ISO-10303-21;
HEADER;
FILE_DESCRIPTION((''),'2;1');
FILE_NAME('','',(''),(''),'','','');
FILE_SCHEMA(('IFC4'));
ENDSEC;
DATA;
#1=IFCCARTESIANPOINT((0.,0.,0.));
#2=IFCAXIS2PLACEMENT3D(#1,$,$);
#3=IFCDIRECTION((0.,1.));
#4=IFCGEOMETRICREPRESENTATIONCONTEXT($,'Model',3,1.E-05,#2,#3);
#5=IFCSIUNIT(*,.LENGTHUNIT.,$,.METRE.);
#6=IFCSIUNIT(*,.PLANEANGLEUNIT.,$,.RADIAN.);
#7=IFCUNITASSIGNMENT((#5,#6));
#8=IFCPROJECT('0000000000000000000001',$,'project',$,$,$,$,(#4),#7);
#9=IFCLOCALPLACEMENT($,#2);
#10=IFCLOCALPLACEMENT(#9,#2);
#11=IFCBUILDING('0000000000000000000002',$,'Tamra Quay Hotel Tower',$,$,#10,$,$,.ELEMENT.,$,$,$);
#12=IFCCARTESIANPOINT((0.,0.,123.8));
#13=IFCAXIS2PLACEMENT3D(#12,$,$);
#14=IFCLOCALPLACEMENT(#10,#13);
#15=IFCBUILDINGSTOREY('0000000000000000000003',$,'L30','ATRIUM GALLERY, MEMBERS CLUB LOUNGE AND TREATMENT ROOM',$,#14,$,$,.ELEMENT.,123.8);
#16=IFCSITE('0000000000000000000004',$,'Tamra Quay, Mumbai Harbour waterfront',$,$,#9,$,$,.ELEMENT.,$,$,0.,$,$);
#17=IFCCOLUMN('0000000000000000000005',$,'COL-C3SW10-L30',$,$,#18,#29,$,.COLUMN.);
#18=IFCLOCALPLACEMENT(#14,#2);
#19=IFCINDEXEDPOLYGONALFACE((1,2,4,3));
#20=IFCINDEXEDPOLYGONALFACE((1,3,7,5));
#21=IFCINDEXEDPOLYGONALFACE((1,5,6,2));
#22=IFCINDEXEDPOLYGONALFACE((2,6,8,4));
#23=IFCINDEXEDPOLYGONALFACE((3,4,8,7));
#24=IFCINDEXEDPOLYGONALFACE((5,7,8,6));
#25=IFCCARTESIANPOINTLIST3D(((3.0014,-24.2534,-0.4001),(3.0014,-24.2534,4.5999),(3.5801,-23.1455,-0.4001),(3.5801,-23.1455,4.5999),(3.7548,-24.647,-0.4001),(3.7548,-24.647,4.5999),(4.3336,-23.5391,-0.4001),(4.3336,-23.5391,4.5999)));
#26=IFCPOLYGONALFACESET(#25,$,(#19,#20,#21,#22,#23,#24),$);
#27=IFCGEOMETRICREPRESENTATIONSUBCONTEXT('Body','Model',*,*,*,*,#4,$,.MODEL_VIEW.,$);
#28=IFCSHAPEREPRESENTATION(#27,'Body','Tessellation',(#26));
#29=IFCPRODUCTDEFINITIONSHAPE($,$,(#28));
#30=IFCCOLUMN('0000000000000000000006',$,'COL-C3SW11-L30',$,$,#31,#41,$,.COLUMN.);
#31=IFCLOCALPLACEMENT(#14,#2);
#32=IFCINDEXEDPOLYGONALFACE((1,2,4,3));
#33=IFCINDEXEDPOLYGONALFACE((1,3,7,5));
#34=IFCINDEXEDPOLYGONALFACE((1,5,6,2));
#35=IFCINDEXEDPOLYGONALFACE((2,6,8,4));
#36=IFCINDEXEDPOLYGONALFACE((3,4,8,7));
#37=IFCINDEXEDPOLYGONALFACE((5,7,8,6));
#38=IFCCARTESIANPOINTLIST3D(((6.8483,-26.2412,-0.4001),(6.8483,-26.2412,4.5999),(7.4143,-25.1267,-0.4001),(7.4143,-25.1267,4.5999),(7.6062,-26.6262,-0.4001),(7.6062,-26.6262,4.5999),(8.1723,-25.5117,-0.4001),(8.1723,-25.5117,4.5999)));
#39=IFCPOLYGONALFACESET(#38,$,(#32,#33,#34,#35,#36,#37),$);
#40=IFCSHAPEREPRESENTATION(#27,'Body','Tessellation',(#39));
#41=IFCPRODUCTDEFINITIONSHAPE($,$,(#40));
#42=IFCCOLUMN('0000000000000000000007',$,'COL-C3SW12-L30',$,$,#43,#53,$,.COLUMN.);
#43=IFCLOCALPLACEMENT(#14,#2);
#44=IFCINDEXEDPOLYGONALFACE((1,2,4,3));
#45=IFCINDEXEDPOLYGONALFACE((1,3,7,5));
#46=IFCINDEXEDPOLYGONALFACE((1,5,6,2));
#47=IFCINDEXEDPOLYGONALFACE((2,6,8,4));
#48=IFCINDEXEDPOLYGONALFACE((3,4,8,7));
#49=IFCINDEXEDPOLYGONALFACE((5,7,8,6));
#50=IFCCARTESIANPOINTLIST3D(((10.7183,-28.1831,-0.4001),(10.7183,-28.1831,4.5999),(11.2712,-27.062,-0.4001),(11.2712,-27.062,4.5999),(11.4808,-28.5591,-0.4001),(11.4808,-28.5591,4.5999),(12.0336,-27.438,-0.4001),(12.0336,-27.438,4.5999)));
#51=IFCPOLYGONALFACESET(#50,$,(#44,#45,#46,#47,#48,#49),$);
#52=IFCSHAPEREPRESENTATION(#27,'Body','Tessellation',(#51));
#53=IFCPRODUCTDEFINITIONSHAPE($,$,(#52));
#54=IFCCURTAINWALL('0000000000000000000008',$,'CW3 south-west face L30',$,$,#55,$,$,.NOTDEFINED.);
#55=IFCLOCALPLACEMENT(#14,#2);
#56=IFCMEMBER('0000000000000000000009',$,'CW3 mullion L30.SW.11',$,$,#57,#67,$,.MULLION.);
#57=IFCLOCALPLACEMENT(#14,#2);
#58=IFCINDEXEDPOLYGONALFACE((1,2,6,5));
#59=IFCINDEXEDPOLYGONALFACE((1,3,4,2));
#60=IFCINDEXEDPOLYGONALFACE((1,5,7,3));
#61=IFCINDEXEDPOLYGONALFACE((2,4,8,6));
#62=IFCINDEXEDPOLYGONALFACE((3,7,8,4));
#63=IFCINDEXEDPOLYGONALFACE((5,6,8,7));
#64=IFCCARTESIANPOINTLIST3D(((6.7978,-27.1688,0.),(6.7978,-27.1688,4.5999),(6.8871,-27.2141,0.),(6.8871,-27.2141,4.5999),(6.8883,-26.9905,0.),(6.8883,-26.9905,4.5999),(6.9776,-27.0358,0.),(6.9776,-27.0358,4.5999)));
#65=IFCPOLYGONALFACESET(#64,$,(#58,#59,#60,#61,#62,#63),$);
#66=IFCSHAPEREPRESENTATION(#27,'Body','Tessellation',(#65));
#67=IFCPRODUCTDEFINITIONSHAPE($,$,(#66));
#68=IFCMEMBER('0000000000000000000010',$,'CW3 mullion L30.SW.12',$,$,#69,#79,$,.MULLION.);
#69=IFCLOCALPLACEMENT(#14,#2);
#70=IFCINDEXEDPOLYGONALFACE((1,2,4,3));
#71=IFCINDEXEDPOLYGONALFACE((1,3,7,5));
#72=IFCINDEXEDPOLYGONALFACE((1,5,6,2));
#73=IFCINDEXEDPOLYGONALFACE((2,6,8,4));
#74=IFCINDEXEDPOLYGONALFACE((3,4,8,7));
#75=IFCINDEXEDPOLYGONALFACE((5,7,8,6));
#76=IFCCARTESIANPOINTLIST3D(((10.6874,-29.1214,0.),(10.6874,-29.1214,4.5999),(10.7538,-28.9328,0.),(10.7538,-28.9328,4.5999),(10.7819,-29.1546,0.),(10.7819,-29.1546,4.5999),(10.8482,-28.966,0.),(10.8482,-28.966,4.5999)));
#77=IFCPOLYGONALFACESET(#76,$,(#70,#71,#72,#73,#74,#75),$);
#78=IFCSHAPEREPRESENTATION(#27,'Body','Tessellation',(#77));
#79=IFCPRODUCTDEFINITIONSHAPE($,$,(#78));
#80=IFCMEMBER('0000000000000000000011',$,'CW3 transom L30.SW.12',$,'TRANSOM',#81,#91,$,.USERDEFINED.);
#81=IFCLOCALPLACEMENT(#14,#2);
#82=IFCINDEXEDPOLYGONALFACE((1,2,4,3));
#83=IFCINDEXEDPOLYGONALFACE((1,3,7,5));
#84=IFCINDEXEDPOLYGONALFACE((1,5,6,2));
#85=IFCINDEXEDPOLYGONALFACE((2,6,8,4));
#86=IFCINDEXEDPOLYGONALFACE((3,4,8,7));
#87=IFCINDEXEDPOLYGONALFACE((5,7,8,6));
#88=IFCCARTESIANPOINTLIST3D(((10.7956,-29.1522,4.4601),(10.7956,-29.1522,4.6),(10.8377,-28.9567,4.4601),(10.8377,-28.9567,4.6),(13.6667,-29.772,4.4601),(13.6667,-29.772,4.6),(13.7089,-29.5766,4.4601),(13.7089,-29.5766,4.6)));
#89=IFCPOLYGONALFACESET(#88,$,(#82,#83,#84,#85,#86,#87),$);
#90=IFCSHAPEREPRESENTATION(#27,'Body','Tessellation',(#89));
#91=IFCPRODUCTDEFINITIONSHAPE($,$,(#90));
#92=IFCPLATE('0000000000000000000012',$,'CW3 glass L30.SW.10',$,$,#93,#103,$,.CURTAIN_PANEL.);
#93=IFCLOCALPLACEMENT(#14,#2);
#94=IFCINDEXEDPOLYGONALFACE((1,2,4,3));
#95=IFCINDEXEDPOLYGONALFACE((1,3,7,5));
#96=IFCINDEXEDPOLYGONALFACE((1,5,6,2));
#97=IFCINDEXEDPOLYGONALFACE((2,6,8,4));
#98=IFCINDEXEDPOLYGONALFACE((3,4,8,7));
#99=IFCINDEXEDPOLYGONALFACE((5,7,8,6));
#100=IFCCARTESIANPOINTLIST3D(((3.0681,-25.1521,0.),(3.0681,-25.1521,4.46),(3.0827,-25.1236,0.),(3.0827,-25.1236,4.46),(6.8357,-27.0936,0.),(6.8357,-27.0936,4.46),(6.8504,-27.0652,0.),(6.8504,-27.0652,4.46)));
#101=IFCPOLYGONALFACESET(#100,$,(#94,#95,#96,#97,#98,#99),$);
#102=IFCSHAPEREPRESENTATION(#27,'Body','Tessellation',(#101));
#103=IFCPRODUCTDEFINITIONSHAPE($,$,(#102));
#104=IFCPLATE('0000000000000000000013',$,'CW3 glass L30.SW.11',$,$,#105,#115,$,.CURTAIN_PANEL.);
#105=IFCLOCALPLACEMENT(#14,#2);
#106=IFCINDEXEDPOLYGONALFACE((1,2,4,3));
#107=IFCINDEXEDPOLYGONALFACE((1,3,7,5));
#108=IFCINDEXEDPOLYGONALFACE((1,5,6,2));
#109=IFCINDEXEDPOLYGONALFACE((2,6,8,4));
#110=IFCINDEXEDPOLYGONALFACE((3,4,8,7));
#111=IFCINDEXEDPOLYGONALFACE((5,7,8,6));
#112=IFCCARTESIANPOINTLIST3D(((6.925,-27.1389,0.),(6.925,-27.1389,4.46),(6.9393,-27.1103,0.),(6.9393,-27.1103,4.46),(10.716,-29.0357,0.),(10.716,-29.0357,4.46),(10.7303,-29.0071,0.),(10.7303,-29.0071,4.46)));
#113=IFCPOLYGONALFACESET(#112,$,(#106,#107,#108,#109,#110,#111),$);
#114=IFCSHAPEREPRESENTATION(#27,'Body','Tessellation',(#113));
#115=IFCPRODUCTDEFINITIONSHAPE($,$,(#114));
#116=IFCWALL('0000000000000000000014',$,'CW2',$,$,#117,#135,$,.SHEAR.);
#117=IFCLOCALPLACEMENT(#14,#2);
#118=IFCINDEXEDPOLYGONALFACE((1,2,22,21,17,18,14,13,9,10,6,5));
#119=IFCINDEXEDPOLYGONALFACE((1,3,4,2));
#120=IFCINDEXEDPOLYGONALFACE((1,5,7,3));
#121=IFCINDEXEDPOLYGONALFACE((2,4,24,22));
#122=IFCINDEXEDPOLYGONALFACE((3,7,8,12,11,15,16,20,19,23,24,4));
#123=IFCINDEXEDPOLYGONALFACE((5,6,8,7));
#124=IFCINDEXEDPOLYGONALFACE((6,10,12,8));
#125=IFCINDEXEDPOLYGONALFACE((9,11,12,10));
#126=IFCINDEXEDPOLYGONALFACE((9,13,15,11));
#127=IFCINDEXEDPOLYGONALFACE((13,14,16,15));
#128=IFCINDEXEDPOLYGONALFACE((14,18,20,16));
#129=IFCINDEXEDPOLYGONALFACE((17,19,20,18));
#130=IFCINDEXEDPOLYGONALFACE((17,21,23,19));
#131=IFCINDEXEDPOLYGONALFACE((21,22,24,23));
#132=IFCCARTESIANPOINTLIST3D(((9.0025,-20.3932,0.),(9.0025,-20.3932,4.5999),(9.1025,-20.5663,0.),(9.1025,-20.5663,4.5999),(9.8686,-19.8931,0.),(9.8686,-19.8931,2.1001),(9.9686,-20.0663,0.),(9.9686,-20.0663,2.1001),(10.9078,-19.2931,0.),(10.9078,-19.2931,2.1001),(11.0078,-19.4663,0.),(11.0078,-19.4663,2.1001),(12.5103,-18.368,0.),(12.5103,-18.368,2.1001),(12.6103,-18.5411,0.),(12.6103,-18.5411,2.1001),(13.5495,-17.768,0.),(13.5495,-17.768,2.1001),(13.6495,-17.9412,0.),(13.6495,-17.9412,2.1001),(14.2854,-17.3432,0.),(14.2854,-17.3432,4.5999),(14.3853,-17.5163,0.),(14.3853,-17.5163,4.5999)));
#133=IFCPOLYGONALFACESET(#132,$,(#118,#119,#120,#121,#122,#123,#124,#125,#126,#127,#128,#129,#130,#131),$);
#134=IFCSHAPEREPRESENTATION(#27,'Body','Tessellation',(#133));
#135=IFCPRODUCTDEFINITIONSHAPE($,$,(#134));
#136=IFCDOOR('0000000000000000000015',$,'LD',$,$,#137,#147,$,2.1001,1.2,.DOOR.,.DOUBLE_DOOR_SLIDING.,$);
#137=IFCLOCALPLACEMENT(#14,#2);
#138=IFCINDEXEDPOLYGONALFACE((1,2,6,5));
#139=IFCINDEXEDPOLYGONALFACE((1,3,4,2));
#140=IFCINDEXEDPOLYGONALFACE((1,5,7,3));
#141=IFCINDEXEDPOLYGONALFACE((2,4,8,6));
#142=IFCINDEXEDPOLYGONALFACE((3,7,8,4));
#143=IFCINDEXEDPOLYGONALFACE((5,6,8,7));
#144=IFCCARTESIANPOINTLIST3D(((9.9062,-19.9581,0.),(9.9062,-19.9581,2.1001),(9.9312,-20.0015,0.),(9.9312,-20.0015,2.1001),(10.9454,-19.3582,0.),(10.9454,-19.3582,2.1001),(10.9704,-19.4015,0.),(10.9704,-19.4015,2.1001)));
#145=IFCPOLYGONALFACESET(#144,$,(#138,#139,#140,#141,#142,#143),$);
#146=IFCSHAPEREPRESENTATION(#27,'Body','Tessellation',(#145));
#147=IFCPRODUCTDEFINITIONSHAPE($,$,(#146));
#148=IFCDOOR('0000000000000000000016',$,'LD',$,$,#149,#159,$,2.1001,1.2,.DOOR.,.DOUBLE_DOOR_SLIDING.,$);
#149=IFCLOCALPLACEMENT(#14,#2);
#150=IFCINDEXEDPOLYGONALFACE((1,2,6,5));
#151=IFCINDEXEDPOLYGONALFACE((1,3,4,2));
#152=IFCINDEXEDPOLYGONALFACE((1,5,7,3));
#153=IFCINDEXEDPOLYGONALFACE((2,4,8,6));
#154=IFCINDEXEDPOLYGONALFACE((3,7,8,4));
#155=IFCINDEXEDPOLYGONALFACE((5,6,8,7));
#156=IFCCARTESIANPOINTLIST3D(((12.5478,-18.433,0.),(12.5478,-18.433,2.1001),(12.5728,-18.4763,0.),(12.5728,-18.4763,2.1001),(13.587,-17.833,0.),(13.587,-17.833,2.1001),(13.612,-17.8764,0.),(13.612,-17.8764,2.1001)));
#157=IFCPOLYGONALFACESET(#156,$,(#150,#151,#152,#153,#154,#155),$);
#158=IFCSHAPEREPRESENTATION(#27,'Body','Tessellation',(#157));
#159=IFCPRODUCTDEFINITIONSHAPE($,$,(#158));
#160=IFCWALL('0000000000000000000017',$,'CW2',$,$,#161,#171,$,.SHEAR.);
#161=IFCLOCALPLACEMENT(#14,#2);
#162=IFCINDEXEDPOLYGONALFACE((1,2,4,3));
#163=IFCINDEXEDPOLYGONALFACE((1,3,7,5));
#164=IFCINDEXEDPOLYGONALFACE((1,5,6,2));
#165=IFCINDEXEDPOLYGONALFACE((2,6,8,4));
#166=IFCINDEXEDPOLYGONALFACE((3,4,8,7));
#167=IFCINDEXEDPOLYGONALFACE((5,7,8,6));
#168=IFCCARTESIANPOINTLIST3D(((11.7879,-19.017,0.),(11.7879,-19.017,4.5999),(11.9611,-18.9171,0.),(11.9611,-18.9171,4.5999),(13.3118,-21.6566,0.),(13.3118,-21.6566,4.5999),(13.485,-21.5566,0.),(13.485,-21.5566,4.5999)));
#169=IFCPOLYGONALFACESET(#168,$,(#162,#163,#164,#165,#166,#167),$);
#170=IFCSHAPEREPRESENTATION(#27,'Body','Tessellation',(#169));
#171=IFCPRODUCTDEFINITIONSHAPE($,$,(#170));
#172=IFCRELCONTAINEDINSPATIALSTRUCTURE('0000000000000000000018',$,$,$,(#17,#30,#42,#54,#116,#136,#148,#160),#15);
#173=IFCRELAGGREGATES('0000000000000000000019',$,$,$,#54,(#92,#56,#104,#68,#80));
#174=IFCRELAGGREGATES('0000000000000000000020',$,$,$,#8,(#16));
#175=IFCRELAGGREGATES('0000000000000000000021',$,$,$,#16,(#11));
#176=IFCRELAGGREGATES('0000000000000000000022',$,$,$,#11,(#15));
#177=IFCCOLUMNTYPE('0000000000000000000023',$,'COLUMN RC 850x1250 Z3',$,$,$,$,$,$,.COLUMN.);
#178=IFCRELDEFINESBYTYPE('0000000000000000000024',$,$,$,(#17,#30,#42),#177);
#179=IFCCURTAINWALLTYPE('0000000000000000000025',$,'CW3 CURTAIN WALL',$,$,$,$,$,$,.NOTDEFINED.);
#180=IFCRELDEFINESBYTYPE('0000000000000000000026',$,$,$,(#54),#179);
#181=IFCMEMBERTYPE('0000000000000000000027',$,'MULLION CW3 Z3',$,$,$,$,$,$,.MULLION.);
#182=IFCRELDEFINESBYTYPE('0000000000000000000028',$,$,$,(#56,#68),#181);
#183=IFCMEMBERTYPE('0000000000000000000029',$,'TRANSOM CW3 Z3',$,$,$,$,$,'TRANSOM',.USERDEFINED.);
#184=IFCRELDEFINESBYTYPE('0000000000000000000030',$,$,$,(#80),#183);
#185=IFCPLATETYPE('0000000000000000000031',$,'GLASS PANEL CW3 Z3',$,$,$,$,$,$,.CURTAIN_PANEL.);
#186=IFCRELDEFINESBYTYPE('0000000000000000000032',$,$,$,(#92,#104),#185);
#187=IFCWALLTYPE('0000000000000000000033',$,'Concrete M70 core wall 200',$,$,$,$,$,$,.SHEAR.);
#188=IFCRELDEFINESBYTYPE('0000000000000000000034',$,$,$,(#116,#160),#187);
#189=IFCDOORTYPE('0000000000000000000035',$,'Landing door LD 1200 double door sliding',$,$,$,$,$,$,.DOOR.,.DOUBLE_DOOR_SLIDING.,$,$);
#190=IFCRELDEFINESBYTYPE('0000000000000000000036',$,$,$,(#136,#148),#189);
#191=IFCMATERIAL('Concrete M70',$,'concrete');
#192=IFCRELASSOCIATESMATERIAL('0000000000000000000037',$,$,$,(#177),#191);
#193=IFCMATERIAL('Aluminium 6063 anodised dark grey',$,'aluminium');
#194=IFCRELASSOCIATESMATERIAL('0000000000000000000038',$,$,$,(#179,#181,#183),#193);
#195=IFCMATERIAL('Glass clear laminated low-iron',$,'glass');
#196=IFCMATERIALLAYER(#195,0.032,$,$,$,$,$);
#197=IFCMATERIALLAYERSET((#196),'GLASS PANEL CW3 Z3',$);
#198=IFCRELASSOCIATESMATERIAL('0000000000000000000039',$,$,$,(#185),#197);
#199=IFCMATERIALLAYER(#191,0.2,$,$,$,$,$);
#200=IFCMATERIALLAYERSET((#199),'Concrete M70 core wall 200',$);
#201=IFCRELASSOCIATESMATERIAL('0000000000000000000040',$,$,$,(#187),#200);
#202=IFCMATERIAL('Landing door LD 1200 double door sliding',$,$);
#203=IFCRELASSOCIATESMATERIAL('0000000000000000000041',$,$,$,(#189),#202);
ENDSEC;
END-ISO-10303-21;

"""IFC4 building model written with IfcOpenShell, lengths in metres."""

from ifc_helpers import new_model, si_unit, direction, frame, frame_2d, origin, origin_2d, place, context, subcontext, project, spatial, rectangle, extrude, material, layer, layer_set, material_profile, profile_set, type_object, element, fill, aggregate, save


model = new_model("IFC4")

# Units and contexts
model_context = context("Model", 3, precision=1e-05, world=origin(), true_north=direction((0.0, 1.0)))
body_context = subcontext(model_context, "Body", "Model", "MODEL_VIEW")
ifc_project = project(units=[si_unit("LENGTHUNIT", "METRE"), si_unit("PLANEANGLEUNIT", "RADIAN")], contexts=[model_context])

# Site, building, storey
site_placement = place(None, origin())
site = spatial("IfcSite", under=ifc_project, at=site_placement, Name="Tamra Quay, Mumbai Harbour waterfront", CompositionType="ELEMENT", RefElevation=0.0)
building_placement = place(site_placement, origin())
building = spatial("IfcBuilding", under=site, at=building_placement, Name="Tamra Quay Hotel Tower", CompositionType="ELEMENT")
storey_placement = place(building_placement, frame((0.0, 0.0, 123.8)))
storey = spatial("IfcBuildingStorey", under=building, at=storey_placement, Name="L30", Description="ATRIUM GALLERY, MEMBERS CLUB LOUNGE AND TREATMENT ROOM", CompositionType="ELEMENT", Elevation=123.8)

# Columns
ifc_material_1 = material(Name="Concrete M70", Category="concrete")
ifc_material_profile_1 = material_profile(ifc_material_1, rectangle(XDim=1.25, YDim=0.8501, at=origin_2d()), Name="COLUMN RC 850x1250 Z3")
ifc_profile_set_1 = profile_set([ifc_material_profile_1], Name="Concrete M70")
column_type = type_object("IfcColumnType", Name="COLUMN RC 850x1250 Z3", PredefinedType="COLUMN", material=ifc_profile_set_1)
for number, where, z_axis, x_axis, name in (
    (1, (3.6675, -23.8962, -0.4001), (0.0, 0.0, 1.0), (0.463007, 0.886355, 0.0), "COL-C3SW10-L30"),
    (2, (7.5103, -25.8765, -0.4001), (0.0, 0.0, 1.0), (0.45286, 0.891582, 0.0), "COL-C3SW11-L30"),
    (3, (11.376, -27.8105, -0.4001), (0.0, 0.0, 1.0), (0.442275, 0.89688, 0.0), "COL-C3SW12-L30"),
):
    element("IfcColumn", number, at=place(storey_placement, frame(where, z_axis=z_axis, x_axis=x_axis)), inside=storey, type_object=column_type, Name=name, PredefinedType="COLUMN", context=body_context, shape_type="SweptSolid", body=[
        extrude(rectangle(XDim=1.25, YDim=0.8501, at=origin_2d()), origin(), (0.0, 0.0, 1.0), 5.0),
    ])

# Curtain wall, members, plates
ifc_material_2 = material(Name="Aluminium 6063 anodised dark grey", Category="aluminium")
curtain_wall_type = type_object("IfcCurtainWallType", Name="CW3 CURTAIN WALL", PredefinedType="NOTDEFINED", material=ifc_material_2)
curtain_wall_placement = place(storey_placement, origin())
curtain_wall = element("IfcCurtainWall", 4, at=curtain_wall_placement, inside=storey, type_object=curtain_wall_type, Name="CW3 south-west face L30", PredefinedType="NOTDEFINED")
ifc_material_profile_2 = material_profile(ifc_material_2, rectangle(XDim=0.2, YDim=0.1001, at=origin_2d()), Name="MULLION 100X200")
ifc_profile_set_2 = profile_set([ifc_material_profile_2], Name="Aluminium 6063 anodised dark grey")
member_type_1 = type_object("IfcMemberType", Name="MULLION CW3 Z3", PredefinedType="MULLION", material=ifc_profile_set_2)
member_1_placement = place(storey_placement, frame((6.8877, -27.1023, 0.0), z_axis=(0.0, 0.0, 1.0), x_axis=(-0.452777, -0.891624, 0.0)))
member_1 = element("IfcMember", 5, at=member_1_placement, type_object=member_type_1, Name="CW3 mullion L30.SW.11", PredefinedType="MULLION", context=body_context, shape_type="SweptSolid", body=[
    extrude(rectangle(XDim=0.2, YDim=0.1001, at=origin_2d()), origin(), (0.0, 0.0, 1.0), 4.5999),
])
member_2_placement = place(storey_placement, frame((10.7678, -29.0437, 0.0), z_axis=(0.0, 0.0, 1.0), x_axis=(-0.331894, -0.943317, 0.0)))
member_2 = element("IfcMember", 6, at=member_2_placement, type_object=member_type_1, Name="CW3 mullion L30.SW.12", PredefinedType="MULLION", context=body_context, shape_type="SweptSolid", body=[
    extrude(rectangle(XDim=0.2, YDim=0.1001, at=origin_2d()), origin(), (0.0, 0.0, 1.0), 4.5999),
])
ifc_material_profile_3 = material_profile(ifc_material_2, rectangle(XDim=0.2, YDim=0.1399, at=origin_2d()), Name="TRANSOM 200X140")
ifc_profile_set_3 = profile_set([ifc_material_profile_3], Name="Aluminium 6063 anodised dark grey")
member_type_2 = type_object("IfcMemberType", Name="TRANSOM CW3 Z3", ElementType="TRANSOM", PredefinedType="USERDEFINED", material=ifc_profile_set_3)
member_3_placement = place(storey_placement, frame((10.8167, -29.0544, 4.53), z_axis=(0.977478, -0.211039, 0.0), x_axis=(0.211039, 0.977478, 0.0)))
member_3 = element("IfcMember", 7, at=member_3_placement, type_object=member_type_2, Name="CW3 transom L30.SW.12", ObjectType="TRANSOM", PredefinedType="USERDEFINED", context=body_context, shape_type="SweptSolid", body=[
    extrude(rectangle(XDim=0.2, YDim=0.1399, at=origin_2d()), origin(), (0.0, 0.0, 1.0), 2.9373),
])
ifc_material_3 = material(Name="Glass clear laminated low-iron", Category="glass")
ifc_layer_1 = layer(ifc_material_3, 0.032)
ifc_layer_set_1 = layer_set([ifc_layer_1], Name="GLASS PANEL CW3 Z3")
plate_type = type_object("IfcPlateType", Name="GLASS PANEL CW3 Z3", PredefinedType="CURTAIN_PANEL", material=ifc_layer_set_1)
plate_1_placement = place(storey_placement, frame((4.9592, -26.1086, 0.0), z_axis=(0.0, 0.0, 1.0), x_axis=(0.888911, -0.45808, 0.0)))
plate_1 = element("IfcPlate", 8, at=plate_1_placement, type_object=plate_type, Name="CW3 glass L30.SW.10", PredefinedType="CURTAIN_PANEL", context=body_context, shape_type="SweptSolid", body=[
    extrude(rectangle(XDim=4.2385, YDim=0.032, at=origin_2d()), origin(), (0.0, 0.0, 1.0), 4.46),
])
plate_2_placement = place(storey_placement, frame((8.8276, -28.073, 0.0), z_axis=(0.0, 0.0, 1.0), x_axis=(0.894305, -0.447458, 0.0)))
plate_2 = element("IfcPlate", 9, at=plate_2_placement, type_object=plate_type, Name="CW3 glass L30.SW.11", PredefinedType="CURTAIN_PANEL", context=body_context, shape_type="SweptSolid", body=[
    extrude(rectangle(XDim=4.239, YDim=0.032, at=origin_2d()), origin(), (0.0, 0.0, 1.0), 4.46),
])
aggregate(curtain_wall, [plate_1, member_1, plate_2, member_2, member_3])

# Wall, openings, doors
ifc_layer_2 = layer(ifc_material_1, 0.2)
ifc_layer_set_2 = layer_set([ifc_layer_2], Name="Concrete M70 core wall 200")
wall_type_1 = type_object("IfcWallType", Name="Concrete M70 core wall 200", PredefinedType="SHEAR", material=ifc_layer_set_2)
wall_1_placement = place(storey_placement, frame((9.0525, -20.4797, 0.0), z_axis=(0.0, 0.0, 1.0), x_axis=(0.86603, 0.499992, 0.0)))
wall_1 = element("IfcWall", 10, at=wall_1_placement, inside=storey, type_object=wall_type_1, Name="CW2", PredefinedType="SHEAR", context=body_context, shape_type="SweptSolid", body=[
    extrude(rectangle(XDim=6.1001, YDim=0.2, at=frame_2d((3.05, 0.0))), origin(), (0.0, 0.0, 1.0), 4.5999),
])
opening_1_placement = place(wall_1_placement, frame((1.0, 0.0, 0.0)))
opening_1 = element("IfcOpeningElement", 11, at=opening_1_placement, cuts=wall_1, PredefinedType="OPENING", context=body_context, shape_type="SweptSolid", body=[
    extrude(rectangle(XDim=1.2, YDim=2.1001, at=frame_2d((0.6001, 1.05))), frame((0.0, 0.1099, 0.0), z_axis=(0.0, -1.0, 0.0), x_axis=(1.0, 0.0, 0.0)), (0.0, 0.0, 1.0), 0.22),
])
opening_2_placement = place(wall_1_placement, frame((4.0503, 0.0, 0.0)))
opening_2 = element("IfcOpeningElement", 12, at=opening_2_placement, cuts=wall_1, PredefinedType="OPENING", context=body_context, shape_type="SweptSolid", body=[
    extrude(rectangle(XDim=1.2, YDim=2.1001, at=frame_2d((0.6001, 1.05))), frame((0.0, 0.1099, 0.0), z_axis=(0.0, -1.0, 0.0), x_axis=(1.0, 0.0, 0.0)), (0.0, 0.0, 1.0), 0.22),
])
ifc_material_4 = material(Name="Landing door LD 1200 double door sliding")
door_type_1 = type_object("IfcDoorType", Name="Landing door LD 1200 double door sliding", OperationType="DOUBLE_DOOR_SLIDING", PredefinedType="DOOR", material=ifc_material_4)
door_1_placement = place(opening_1_placement, origin())
door_1 = element("IfcDoor", 13, at=door_1_placement, inside=storey, type_object=door_type_1, Name="LD", OperationType="DOUBLE_DOOR_SLIDING", OverallHeight=2.1001, OverallWidth=1.2, PredefinedType="DOOR", context=body_context, shape_type="SweptSolid", body=[
    extrude(rectangle(XDim=1.2, YDim=2.1001, at=frame_2d((0.6001, 1.05))), frame((0.0, 0.0249, 0.0), z_axis=(0.0, -1.0, 0.0), x_axis=(1.0, 0.0, 0.0)), (0.0, 0.0, 1.0), 0.05),
])
fill(opening_1, door_1)
door_2_placement = place(opening_2_placement, origin())
door_2 = element("IfcDoor", 14, at=door_2_placement, inside=storey, type_object=door_type_1, Name="LD", OperationType="DOUBLE_DOOR_SLIDING", OverallHeight=2.1001, OverallWidth=1.2, PredefinedType="DOOR", context=body_context, shape_type="SweptSolid", body=[
    extrude(rectangle(XDim=1.2, YDim=2.1001, at=frame_2d((0.6001, 1.05))), frame((0.0, 0.0249, 0.0), z_axis=(0.0, -1.0, 0.0), x_axis=(1.0, 0.0, 0.0)), (0.0, 0.0, 1.0), 0.05),
])
fill(opening_2, door_2)

# Wall
wall_2_placement = place(storey_placement, frame((11.8745, -18.967, 0.0), z_axis=(0.0, 0.0, 1.0), x_axis=(0.499981, -0.866036, 0.0)))
element("IfcWall", 15, at=wall_2_placement, inside=storey, type_object=wall_type_1, Name="CW2", PredefinedType="SHEAR", context=body_context, shape_type="SweptSolid", body=[
    extrude(rectangle(XDim=3.0479, YDim=0.2, at=frame_2d((1.5239, 0.0))), origin(), (0.0, 0.0, 1.0), 4.5999),
])

save(model, "model.ifc")
